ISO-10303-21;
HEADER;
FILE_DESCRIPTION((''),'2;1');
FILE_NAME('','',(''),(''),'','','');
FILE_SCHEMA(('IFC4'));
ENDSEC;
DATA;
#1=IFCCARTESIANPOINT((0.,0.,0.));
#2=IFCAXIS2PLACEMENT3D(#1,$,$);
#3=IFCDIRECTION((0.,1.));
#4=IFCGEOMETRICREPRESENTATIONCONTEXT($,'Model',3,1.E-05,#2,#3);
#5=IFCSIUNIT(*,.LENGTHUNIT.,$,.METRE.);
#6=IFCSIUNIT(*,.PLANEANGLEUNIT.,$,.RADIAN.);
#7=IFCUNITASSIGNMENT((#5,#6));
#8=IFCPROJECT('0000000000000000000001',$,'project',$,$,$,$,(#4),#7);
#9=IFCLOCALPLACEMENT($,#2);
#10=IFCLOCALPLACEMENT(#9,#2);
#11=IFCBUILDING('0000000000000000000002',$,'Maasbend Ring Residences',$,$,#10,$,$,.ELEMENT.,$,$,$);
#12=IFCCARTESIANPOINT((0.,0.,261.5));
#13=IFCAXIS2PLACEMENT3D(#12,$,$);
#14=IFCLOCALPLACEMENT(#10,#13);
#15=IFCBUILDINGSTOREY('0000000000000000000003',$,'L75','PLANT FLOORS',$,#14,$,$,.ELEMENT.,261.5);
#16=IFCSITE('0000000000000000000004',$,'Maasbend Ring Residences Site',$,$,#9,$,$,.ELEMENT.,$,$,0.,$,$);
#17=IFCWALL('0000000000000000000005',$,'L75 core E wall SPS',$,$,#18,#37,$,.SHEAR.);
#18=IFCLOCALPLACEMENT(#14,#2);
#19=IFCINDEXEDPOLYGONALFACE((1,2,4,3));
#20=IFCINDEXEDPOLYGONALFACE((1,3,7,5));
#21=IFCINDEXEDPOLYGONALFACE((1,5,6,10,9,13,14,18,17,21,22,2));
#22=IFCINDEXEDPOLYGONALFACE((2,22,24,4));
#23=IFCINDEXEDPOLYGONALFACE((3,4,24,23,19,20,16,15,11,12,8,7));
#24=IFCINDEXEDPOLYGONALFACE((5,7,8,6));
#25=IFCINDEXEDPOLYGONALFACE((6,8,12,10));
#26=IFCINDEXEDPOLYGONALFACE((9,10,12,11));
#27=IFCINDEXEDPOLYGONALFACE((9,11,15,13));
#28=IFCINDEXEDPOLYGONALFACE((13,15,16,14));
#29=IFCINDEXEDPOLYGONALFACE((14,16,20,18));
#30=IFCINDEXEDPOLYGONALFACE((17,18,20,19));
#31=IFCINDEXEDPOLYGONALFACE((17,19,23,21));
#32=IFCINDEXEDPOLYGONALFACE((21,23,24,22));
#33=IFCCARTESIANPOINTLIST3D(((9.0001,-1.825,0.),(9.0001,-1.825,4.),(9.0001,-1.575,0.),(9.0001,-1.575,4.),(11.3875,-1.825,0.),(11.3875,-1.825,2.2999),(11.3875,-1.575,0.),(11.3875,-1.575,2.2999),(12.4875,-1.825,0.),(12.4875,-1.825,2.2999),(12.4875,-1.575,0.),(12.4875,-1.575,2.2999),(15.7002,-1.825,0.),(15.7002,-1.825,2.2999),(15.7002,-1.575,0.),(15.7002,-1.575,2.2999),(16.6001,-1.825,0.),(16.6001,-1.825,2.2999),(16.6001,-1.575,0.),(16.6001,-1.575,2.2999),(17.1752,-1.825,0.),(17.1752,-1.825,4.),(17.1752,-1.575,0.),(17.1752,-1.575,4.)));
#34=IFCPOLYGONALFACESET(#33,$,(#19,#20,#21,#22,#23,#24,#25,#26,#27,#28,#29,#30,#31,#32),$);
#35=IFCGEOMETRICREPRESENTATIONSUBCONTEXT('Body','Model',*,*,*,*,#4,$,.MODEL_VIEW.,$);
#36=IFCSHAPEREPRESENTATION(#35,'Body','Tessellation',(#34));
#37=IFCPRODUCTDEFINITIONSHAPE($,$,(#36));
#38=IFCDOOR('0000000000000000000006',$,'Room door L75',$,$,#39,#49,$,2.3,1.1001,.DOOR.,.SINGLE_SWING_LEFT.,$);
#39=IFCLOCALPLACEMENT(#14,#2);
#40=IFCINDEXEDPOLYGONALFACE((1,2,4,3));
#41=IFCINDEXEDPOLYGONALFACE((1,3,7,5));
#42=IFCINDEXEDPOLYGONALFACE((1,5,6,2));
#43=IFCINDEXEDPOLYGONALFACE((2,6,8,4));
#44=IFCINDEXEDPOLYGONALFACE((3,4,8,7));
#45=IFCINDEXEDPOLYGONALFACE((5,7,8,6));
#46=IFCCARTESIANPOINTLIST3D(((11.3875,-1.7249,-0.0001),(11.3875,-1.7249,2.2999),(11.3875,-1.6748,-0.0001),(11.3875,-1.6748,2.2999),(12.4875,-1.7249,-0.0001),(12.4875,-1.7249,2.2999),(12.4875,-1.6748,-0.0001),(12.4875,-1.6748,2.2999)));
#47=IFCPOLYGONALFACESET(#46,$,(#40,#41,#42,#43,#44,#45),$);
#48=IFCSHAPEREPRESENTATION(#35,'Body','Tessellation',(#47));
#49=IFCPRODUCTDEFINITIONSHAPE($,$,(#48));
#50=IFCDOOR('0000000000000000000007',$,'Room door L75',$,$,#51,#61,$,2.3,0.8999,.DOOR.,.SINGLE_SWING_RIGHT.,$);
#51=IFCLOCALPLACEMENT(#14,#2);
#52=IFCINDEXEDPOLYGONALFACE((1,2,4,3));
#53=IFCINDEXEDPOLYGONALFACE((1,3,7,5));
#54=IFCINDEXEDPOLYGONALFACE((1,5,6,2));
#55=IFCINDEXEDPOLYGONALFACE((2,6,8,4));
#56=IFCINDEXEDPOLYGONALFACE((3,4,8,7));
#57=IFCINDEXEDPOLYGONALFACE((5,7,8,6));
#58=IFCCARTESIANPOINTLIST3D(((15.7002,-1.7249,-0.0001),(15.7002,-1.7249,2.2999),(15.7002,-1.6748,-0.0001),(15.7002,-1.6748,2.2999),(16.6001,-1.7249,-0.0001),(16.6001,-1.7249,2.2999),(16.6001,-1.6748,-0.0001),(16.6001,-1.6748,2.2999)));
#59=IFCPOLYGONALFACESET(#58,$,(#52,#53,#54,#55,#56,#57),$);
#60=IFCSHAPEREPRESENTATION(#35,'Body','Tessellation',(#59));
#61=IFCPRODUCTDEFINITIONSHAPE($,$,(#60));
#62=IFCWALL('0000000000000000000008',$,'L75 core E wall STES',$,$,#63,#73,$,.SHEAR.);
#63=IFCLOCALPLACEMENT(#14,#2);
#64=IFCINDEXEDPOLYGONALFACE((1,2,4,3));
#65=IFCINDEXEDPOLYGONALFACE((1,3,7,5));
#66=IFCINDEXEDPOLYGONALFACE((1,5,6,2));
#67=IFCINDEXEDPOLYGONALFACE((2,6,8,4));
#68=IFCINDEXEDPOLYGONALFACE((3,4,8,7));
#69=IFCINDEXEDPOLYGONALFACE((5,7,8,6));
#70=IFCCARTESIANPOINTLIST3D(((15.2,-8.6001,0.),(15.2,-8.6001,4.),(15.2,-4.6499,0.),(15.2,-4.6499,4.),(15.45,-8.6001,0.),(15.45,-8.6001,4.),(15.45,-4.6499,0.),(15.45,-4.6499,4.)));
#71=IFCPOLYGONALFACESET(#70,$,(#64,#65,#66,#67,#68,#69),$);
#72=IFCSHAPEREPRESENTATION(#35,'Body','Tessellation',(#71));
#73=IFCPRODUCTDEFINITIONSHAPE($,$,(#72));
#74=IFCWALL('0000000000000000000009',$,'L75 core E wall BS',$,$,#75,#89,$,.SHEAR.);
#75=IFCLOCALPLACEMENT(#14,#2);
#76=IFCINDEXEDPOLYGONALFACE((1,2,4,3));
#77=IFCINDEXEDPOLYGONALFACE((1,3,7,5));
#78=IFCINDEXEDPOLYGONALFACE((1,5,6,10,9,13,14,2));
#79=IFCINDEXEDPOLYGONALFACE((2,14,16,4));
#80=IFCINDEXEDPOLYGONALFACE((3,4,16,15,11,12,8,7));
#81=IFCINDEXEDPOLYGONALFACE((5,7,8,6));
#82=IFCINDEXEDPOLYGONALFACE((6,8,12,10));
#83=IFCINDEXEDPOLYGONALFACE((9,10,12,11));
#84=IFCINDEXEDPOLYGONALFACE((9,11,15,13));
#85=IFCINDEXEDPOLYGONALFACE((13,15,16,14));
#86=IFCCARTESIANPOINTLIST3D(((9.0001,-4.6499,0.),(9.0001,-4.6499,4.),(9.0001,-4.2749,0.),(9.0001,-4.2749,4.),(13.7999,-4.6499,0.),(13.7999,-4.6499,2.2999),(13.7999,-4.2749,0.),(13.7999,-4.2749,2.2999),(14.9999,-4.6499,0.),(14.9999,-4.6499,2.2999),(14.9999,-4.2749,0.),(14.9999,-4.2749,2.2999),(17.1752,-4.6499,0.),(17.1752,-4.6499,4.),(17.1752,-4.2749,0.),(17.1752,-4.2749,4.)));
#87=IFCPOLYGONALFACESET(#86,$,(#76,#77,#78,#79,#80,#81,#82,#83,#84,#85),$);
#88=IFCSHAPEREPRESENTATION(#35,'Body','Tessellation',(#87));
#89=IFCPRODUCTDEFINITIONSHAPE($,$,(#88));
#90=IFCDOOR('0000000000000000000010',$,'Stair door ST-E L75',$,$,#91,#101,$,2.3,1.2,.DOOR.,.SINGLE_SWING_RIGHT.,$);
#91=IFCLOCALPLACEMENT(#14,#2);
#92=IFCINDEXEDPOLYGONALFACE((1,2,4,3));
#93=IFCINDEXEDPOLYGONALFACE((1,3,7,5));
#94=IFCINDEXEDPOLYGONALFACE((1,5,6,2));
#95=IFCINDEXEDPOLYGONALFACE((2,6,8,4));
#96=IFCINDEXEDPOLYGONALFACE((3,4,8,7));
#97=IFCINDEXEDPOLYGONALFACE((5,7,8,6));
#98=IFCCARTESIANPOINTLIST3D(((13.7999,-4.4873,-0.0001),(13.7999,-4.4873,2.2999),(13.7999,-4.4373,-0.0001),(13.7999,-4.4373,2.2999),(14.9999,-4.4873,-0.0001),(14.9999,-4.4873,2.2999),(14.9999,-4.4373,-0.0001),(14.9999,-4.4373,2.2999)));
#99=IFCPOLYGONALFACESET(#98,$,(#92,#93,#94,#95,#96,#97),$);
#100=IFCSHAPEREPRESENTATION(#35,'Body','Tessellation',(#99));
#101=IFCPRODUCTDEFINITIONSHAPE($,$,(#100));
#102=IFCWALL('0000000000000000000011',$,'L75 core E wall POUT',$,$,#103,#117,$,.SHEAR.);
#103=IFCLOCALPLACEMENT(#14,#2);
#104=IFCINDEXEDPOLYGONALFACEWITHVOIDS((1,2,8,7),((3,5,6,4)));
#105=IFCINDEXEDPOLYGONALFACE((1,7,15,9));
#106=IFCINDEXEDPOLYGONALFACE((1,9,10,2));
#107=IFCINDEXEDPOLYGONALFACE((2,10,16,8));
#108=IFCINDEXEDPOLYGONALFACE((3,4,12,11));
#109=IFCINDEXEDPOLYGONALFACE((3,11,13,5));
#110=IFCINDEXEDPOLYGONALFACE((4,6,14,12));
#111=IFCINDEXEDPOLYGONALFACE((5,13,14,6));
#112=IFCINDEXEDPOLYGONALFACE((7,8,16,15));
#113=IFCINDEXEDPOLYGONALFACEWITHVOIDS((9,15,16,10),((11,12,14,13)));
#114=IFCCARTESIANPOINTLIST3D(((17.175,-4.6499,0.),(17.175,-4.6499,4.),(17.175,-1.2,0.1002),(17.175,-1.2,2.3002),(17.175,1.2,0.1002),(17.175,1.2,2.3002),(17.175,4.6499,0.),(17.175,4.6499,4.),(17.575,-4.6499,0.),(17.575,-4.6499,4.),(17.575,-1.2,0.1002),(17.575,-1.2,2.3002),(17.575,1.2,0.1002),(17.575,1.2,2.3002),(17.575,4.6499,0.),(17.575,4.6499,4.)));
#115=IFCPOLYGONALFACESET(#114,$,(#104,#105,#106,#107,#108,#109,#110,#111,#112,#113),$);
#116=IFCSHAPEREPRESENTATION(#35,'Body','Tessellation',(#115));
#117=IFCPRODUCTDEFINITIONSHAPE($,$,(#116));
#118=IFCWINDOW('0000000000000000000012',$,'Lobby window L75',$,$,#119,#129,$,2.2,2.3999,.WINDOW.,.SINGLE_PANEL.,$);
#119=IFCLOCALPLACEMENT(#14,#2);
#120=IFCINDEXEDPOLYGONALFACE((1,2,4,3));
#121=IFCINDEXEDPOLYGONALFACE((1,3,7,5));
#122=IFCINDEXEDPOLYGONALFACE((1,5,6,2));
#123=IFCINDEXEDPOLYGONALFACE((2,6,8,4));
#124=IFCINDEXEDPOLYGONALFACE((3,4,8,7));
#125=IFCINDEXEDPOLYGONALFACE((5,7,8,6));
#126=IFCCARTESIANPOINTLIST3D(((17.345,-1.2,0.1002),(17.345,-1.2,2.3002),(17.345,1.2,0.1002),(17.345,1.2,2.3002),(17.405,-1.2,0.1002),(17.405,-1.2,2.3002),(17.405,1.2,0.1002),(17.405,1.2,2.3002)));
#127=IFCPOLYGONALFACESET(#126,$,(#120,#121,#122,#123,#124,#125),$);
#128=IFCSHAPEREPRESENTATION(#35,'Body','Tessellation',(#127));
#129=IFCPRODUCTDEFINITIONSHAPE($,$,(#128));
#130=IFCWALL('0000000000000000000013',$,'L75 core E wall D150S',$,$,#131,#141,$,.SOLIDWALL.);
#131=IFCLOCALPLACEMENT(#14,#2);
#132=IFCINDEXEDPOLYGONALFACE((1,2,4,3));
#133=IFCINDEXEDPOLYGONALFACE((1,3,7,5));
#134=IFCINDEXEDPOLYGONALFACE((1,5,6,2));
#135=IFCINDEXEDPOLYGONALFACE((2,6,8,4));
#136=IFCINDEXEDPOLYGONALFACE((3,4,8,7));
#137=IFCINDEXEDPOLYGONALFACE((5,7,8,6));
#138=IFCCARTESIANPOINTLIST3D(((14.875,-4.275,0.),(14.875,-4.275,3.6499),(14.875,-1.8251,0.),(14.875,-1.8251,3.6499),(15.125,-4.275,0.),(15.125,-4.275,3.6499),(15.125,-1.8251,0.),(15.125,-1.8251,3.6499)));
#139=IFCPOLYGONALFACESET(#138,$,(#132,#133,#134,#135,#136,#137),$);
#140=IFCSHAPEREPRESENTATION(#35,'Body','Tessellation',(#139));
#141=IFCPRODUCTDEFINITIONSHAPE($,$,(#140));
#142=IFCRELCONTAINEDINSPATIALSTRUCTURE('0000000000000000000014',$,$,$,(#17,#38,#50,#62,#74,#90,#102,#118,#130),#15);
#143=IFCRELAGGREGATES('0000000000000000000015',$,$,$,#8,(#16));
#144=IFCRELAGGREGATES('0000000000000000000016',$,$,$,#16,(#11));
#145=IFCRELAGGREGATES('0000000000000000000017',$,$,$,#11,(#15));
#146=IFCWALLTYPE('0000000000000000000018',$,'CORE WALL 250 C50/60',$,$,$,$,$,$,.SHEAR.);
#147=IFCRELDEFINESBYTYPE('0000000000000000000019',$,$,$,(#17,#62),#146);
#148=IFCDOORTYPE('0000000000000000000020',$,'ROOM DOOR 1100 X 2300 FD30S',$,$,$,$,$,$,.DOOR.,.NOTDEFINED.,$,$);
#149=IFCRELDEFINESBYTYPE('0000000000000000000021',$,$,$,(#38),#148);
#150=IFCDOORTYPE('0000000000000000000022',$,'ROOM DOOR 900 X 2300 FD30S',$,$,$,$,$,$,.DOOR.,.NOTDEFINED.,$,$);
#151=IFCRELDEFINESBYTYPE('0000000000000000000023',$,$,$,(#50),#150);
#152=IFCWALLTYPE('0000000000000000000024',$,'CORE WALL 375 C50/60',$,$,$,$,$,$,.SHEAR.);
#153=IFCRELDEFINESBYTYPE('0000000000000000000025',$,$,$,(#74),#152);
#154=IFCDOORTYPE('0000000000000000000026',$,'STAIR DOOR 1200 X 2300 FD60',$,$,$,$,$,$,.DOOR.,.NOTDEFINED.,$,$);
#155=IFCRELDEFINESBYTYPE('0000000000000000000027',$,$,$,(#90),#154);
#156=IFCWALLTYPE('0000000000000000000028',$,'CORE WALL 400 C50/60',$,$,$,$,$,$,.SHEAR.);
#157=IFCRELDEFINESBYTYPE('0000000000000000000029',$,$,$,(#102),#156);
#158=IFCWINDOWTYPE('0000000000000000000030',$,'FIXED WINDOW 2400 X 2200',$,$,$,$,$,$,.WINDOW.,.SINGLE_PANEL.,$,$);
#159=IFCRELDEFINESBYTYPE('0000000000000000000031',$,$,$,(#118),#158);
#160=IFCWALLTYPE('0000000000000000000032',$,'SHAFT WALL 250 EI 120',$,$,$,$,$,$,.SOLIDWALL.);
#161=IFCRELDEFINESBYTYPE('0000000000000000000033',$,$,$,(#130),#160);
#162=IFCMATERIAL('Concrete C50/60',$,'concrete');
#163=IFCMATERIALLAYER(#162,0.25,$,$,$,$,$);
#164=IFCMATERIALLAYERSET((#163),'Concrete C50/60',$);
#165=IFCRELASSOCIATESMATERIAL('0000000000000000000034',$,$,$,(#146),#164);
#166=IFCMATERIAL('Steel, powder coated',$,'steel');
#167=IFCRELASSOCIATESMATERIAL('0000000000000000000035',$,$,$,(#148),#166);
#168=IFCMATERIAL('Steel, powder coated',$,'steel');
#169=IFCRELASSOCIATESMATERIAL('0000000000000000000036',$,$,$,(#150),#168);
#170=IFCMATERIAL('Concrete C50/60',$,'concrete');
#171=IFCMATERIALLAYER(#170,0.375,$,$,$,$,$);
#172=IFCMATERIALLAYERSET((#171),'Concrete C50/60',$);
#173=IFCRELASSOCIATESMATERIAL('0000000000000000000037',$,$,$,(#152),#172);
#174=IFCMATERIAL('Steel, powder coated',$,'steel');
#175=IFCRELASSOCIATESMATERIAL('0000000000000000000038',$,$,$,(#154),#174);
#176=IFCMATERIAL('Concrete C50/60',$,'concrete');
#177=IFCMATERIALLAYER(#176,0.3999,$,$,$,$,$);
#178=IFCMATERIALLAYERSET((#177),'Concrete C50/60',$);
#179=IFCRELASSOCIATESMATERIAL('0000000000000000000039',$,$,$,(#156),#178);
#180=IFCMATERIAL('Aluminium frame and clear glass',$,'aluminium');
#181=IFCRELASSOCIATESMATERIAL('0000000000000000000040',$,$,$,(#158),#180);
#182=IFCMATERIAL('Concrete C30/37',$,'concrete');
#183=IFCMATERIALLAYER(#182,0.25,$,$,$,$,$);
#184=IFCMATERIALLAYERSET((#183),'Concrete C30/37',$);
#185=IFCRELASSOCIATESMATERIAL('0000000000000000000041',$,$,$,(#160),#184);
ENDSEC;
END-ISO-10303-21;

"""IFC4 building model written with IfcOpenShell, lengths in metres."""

from ifc_helpers import new_model, si_unit, direction, frame, frame_2d, origin, place, context, subcontext, project, spatial, rectangle, extrude, material, layer, layer_set, type_object, element, fill, save


model = new_model("IFC4")

# Units and contexts
model_context = context("Model", 3, precision=1e-05, world=origin(), true_north=direction((0.0, 1.0)))
body_context = subcontext(model_context, "Body", "Model", "MODEL_VIEW")
ifc_project = project(units=[si_unit("LENGTHUNIT", "METRE"), si_unit("PLANEANGLEUNIT", "RADIAN")], contexts=[model_context])

# Site, building, storey
site_placement = place(None, origin())
site = spatial("IfcSite", under=ifc_project, at=site_placement, Name="Maasbend Ring Residences Site", CompositionType="ELEMENT", RefElevation=0.0)
building_placement = place(site_placement, origin())
building = spatial("IfcBuilding", under=site, at=building_placement, Name="Maasbend Ring Residences", CompositionType="ELEMENT")
storey_placement = place(building_placement, frame((0.0, 0.0, 261.5)))
storey = spatial("IfcBuildingStorey", under=building, at=storey_placement, Name="L75", Description="PLANT FLOORS", CompositionType="ELEMENT", Elevation=261.5)

# Wall, openings, doors
ifc_material_1 = material(Name="Concrete C50/60", Category="concrete")
ifc_layer_1 = layer(ifc_material_1, 0.25)
ifc_layer_set_1 = layer_set([ifc_layer_1], Name="Concrete C50/60")
wall_type_1 = type_object("IfcWallType", Name="CORE WALL 250 C50/60", PredefinedType="SHEAR", material=ifc_layer_set_1)
wall_1_placement = place(storey_placement, frame((17.175, -1.7, 0.0), z_axis=(0.0, 0.0, 1.0), x_axis=(-1.0, 0.0, 0.0)))
wall_1 = element("IfcWall", 1, at=wall_1_placement, inside=storey, type_object=wall_type_1, Name="L75 core E wall SPS", PredefinedType="SHEAR", context=body_context, shape_type="SweptSolid", body=[
    extrude(rectangle(XDim=8.175, YDim=0.25, at=frame_2d((4.0874, 0.0))), origin(), (0.0, 0.0, 1.0), 4.0),
])
opening_1_placement = place(wall_1_placement, frame((4.6875, 0.0, 0.0)))
opening_1 = element("IfcOpeningElement", 2, at=opening_1_placement, cuts=wall_1, PredefinedType="OPENING", context=body_context, shape_type="SweptSolid", body=[
    extrude(rectangle(XDim=1.1001, YDim=2.3, at=frame_2d((0.55, 1.1499))), frame((0.0, 0.135, 0.0), z_axis=(0.0, -1.0, 0.0), x_axis=(1.0, 0.0, 0.0)), (0.0, 0.0, 1.0), 0.27),
])
opening_2_placement = place(wall_1_placement, frame((0.575, 0.0, 0.0)))
opening_2 = element("IfcOpeningElement", 3, at=opening_2_placement, cuts=wall_1, PredefinedType="OPENING", context=body_context, shape_type="SweptSolid", body=[
    extrude(rectangle(XDim=0.8999, YDim=2.3, at=frame_2d((0.45, 1.1499))), frame((0.0, 0.135, 0.0), z_axis=(0.0, -1.0, 0.0), x_axis=(1.0, 0.0, 0.0)), (0.0, 0.0, 1.0), 0.27),
])
ifc_material_2 = material(Name="Steel, powder coated", Category="steel")
door_type_1 = type_object("IfcDoorType", Name="ROOM DOOR 1100 X 2300 FD30S", OperationType="NOTDEFINED", PredefinedType="DOOR", material=ifc_material_2)
door_1_placement = place(opening_1_placement, origin())
door_1 = element("IfcDoor", 4, at=door_1_placement, inside=storey, type_object=door_type_1, Name="Room door L75", OperationType="SINGLE_SWING_LEFT", OverallHeight=2.3, OverallWidth=1.1001, PredefinedType="DOOR", context=body_context, shape_type="SweptSolid", body=[
    extrude(rectangle(XDim=1.1001, YDim=2.3, at=frame_2d((0.55, 1.1499))), frame((0.0, 0.0249, 0.0), z_axis=(0.0, -1.0, 0.0), x_axis=(1.0, 0.0, 0.0)), (0.0, 0.0, 1.0), 0.05),
])
fill(opening_1, door_1)
ifc_material_3 = material(Name="Steel, powder coated", Category="steel")
door_type_2 = type_object("IfcDoorType", Name="ROOM DOOR 900 X 2300 FD30S", OperationType="NOTDEFINED", PredefinedType="DOOR", material=ifc_material_3)
door_2_placement = place(opening_2_placement, origin())
door_2 = element("IfcDoor", 5, at=door_2_placement, inside=storey, type_object=door_type_2, Name="Room door L75", OperationType="SINGLE_SWING_RIGHT", OverallHeight=2.3, OverallWidth=0.8999, PredefinedType="DOOR", context=body_context, shape_type="SweptSolid", body=[
    extrude(rectangle(XDim=0.8999, YDim=2.3, at=frame_2d((0.45, 1.1499))), frame((0.0, 0.0249, 0.0), z_axis=(0.0, -1.0, 0.0), x_axis=(1.0, 0.0, 0.0)), (0.0, 0.0, 1.0), 0.05),
])
fill(opening_2, door_2)

# Wall
wall_2_placement = place(storey_placement, frame((15.325, -4.6499, 0.0), z_axis=(0.0, 0.0, 1.0), x_axis=(0.0, -1.0, 0.0)))
element("IfcWall", 6, at=wall_2_placement, inside=storey, type_object=wall_type_1, Name="L75 core E wall STES", PredefinedType="SHEAR", context=body_context, shape_type="SweptSolid", body=[
    extrude(rectangle(XDim=3.9502, YDim=0.25, at=frame_2d((1.9751, 0.0))), origin(), (0.0, 0.0, 1.0), 4.0),
])

# Wall, opening, door
ifc_material_4 = material(Name="Concrete C50/60", Category="concrete")
ifc_layer_2 = layer(ifc_material_4, 0.375)
ifc_layer_set_2 = layer_set([ifc_layer_2], Name="Concrete C50/60")
wall_type_2 = type_object("IfcWallType", Name="CORE WALL 375 C50/60", PredefinedType="SHEAR", material=ifc_layer_set_2)
wall_3_placement = place(storey_placement, frame((17.175, -4.4624, 0.0), z_axis=(0.0, 0.0, 1.0), x_axis=(-1.0, 0.0, 0.0)))
wall_3 = element("IfcWall", 7, at=wall_3_placement, inside=storey, type_object=wall_type_2, Name="L75 core E wall BS", PredefinedType="SHEAR", context=body_context, shape_type="SweptSolid", body=[
    extrude(rectangle(XDim=8.175, YDim=0.375, at=frame_2d((4.0874, 0.0))), origin(), (0.0, 0.0, 1.0), 4.0),
])
opening_3_placement = place(wall_3_placement, frame((2.175, 0.0, 0.0)))
opening_3 = element("IfcOpeningElement", 8, at=opening_3_placement, cuts=wall_3, PredefinedType="OPENING", context=body_context, shape_type="SweptSolid", body=[
    extrude(rectangle(XDim=1.2, YDim=2.3, at=frame_2d((0.6001, 1.1499))), frame((0.0, 0.1975, 0.0), z_axis=(0.0, -1.0, 0.0), x_axis=(1.0, 0.0, 0.0)), (0.0, 0.0, 1.0), 0.395),
])
ifc_material_5 = material(Name="Steel, powder coated", Category="steel")
door_type_3 = type_object("IfcDoorType", Name="STAIR DOOR 1200 X 2300 FD60", OperationType="NOTDEFINED", PredefinedType="DOOR", material=ifc_material_5)
door_3_placement = place(opening_3_placement, origin())
door_3 = element("IfcDoor", 9, at=door_3_placement, inside=storey, type_object=door_type_3, Name="Stair door ST-E L75", OperationType="SINGLE_SWING_RIGHT", OverallHeight=2.3, OverallWidth=1.2, PredefinedType="DOOR", context=body_context, shape_type="SweptSolid", body=[
    extrude(rectangle(XDim=1.2, YDim=2.3, at=frame_2d((0.6001, 1.1499))), frame((0.0, 0.0249, 0.0), z_axis=(0.0, -1.0, 0.0), x_axis=(1.0, 0.0, 0.0)), (0.0, 0.0, 1.0), 0.05),
])
fill(opening_3, door_3)

# Wall, opening, window
ifc_material_6 = material(Name="Concrete C50/60", Category="concrete")
ifc_layer_3 = layer(ifc_material_6, 0.3999)
ifc_layer_set_3 = layer_set([ifc_layer_3], Name="Concrete C50/60")
wall_type_3 = type_object("IfcWallType", Name="CORE WALL 400 C50/60", PredefinedType="SHEAR", material=ifc_layer_set_3)
wall_4_placement = place(storey_placement, frame((17.375, -4.6499, 0.0), z_axis=(0.0, 0.0, 1.0), x_axis=(0.0, 1.0, 0.0)))
wall_4 = element("IfcWall", 10, at=wall_4_placement, inside=storey, type_object=wall_type_3, Name="L75 core E wall POUT", PredefinedType="SHEAR", context=body_context, shape_type="SweptSolid", body=[
    extrude(rectangle(XDim=9.2998, YDim=0.3999, at=frame_2d((4.6499, 0.0))), origin(), (0.0, 0.0, 1.0), 4.0),
])
opening_4_placement = place(wall_4_placement, frame((3.45, 0.0, 0.1001)))
opening_4 = element("IfcOpeningElement", 11, at=opening_4_placement, cuts=wall_4, PredefinedType="OPENING", context=body_context, shape_type="SweptSolid", body=[
    extrude(rectangle(XDim=2.3999, YDim=2.2, at=frame_2d((1.2, 1.1001))), frame((0.0, 0.21, 0.0), z_axis=(0.0, -1.0, 0.0), x_axis=(1.0, 0.0, 0.0)), (0.0, 0.0, 1.0), 0.4199),
])
ifc_material_7 = material(Name="Aluminium frame and clear glass", Category="aluminium")
window_type = type_object("IfcWindowType", Name="FIXED WINDOW 2400 X 2200", PartitioningType="SINGLE_PANEL", PredefinedType="WINDOW", material=ifc_material_7)
window_placement = place(opening_4_placement, origin())
window = element("IfcWindow", 12, at=window_placement, inside=storey, type_object=window_type, Name="Lobby window L75", OverallHeight=2.2, OverallWidth=2.3999, PartitioningType="SINGLE_PANEL", PredefinedType="WINDOW", context=body_context, shape_type="SweptSolid", body=[
    extrude(rectangle(XDim=2.3999, YDim=2.2, at=frame_2d((1.2, 1.1001))), frame((0.0, 0.03, 0.0), z_axis=(0.0, -1.0, 0.0), x_axis=(1.0, 0.0, 0.0)), (0.0, 0.0, 1.0), 0.0601),
])
fill(opening_4, window)

# Wall
ifc_material_8 = material(Name="Concrete C30/37", Category="concrete")
ifc_layer_4 = layer(ifc_material_8, 0.25)
ifc_layer_set_4 = layer_set([ifc_layer_4], Name="Concrete C30/37")
wall_type_4 = type_object("IfcWallType", Name="SHAFT WALL 250 EI 120", PredefinedType="SOLIDWALL", material=ifc_layer_set_4)
wall_5_placement = place(storey_placement, frame((15.0, -1.825, 0.0), z_axis=(0.0, 0.0, 1.0), x_axis=(0.0, -1.0, 0.0)))
element("IfcWall", 13, at=wall_5_placement, inside=storey, type_object=wall_type_4, Name="L75 core E wall D150S", PredefinedType="SOLIDWALL", context=body_context, shape_type="SweptSolid", body=[
    extrude(rectangle(XDim=2.45, YDim=0.25, at=frame_2d((1.2251, 0.0))), origin(), (0.0, 0.0, 1.0), 3.6499),
])

save(model, "model.ifc")
